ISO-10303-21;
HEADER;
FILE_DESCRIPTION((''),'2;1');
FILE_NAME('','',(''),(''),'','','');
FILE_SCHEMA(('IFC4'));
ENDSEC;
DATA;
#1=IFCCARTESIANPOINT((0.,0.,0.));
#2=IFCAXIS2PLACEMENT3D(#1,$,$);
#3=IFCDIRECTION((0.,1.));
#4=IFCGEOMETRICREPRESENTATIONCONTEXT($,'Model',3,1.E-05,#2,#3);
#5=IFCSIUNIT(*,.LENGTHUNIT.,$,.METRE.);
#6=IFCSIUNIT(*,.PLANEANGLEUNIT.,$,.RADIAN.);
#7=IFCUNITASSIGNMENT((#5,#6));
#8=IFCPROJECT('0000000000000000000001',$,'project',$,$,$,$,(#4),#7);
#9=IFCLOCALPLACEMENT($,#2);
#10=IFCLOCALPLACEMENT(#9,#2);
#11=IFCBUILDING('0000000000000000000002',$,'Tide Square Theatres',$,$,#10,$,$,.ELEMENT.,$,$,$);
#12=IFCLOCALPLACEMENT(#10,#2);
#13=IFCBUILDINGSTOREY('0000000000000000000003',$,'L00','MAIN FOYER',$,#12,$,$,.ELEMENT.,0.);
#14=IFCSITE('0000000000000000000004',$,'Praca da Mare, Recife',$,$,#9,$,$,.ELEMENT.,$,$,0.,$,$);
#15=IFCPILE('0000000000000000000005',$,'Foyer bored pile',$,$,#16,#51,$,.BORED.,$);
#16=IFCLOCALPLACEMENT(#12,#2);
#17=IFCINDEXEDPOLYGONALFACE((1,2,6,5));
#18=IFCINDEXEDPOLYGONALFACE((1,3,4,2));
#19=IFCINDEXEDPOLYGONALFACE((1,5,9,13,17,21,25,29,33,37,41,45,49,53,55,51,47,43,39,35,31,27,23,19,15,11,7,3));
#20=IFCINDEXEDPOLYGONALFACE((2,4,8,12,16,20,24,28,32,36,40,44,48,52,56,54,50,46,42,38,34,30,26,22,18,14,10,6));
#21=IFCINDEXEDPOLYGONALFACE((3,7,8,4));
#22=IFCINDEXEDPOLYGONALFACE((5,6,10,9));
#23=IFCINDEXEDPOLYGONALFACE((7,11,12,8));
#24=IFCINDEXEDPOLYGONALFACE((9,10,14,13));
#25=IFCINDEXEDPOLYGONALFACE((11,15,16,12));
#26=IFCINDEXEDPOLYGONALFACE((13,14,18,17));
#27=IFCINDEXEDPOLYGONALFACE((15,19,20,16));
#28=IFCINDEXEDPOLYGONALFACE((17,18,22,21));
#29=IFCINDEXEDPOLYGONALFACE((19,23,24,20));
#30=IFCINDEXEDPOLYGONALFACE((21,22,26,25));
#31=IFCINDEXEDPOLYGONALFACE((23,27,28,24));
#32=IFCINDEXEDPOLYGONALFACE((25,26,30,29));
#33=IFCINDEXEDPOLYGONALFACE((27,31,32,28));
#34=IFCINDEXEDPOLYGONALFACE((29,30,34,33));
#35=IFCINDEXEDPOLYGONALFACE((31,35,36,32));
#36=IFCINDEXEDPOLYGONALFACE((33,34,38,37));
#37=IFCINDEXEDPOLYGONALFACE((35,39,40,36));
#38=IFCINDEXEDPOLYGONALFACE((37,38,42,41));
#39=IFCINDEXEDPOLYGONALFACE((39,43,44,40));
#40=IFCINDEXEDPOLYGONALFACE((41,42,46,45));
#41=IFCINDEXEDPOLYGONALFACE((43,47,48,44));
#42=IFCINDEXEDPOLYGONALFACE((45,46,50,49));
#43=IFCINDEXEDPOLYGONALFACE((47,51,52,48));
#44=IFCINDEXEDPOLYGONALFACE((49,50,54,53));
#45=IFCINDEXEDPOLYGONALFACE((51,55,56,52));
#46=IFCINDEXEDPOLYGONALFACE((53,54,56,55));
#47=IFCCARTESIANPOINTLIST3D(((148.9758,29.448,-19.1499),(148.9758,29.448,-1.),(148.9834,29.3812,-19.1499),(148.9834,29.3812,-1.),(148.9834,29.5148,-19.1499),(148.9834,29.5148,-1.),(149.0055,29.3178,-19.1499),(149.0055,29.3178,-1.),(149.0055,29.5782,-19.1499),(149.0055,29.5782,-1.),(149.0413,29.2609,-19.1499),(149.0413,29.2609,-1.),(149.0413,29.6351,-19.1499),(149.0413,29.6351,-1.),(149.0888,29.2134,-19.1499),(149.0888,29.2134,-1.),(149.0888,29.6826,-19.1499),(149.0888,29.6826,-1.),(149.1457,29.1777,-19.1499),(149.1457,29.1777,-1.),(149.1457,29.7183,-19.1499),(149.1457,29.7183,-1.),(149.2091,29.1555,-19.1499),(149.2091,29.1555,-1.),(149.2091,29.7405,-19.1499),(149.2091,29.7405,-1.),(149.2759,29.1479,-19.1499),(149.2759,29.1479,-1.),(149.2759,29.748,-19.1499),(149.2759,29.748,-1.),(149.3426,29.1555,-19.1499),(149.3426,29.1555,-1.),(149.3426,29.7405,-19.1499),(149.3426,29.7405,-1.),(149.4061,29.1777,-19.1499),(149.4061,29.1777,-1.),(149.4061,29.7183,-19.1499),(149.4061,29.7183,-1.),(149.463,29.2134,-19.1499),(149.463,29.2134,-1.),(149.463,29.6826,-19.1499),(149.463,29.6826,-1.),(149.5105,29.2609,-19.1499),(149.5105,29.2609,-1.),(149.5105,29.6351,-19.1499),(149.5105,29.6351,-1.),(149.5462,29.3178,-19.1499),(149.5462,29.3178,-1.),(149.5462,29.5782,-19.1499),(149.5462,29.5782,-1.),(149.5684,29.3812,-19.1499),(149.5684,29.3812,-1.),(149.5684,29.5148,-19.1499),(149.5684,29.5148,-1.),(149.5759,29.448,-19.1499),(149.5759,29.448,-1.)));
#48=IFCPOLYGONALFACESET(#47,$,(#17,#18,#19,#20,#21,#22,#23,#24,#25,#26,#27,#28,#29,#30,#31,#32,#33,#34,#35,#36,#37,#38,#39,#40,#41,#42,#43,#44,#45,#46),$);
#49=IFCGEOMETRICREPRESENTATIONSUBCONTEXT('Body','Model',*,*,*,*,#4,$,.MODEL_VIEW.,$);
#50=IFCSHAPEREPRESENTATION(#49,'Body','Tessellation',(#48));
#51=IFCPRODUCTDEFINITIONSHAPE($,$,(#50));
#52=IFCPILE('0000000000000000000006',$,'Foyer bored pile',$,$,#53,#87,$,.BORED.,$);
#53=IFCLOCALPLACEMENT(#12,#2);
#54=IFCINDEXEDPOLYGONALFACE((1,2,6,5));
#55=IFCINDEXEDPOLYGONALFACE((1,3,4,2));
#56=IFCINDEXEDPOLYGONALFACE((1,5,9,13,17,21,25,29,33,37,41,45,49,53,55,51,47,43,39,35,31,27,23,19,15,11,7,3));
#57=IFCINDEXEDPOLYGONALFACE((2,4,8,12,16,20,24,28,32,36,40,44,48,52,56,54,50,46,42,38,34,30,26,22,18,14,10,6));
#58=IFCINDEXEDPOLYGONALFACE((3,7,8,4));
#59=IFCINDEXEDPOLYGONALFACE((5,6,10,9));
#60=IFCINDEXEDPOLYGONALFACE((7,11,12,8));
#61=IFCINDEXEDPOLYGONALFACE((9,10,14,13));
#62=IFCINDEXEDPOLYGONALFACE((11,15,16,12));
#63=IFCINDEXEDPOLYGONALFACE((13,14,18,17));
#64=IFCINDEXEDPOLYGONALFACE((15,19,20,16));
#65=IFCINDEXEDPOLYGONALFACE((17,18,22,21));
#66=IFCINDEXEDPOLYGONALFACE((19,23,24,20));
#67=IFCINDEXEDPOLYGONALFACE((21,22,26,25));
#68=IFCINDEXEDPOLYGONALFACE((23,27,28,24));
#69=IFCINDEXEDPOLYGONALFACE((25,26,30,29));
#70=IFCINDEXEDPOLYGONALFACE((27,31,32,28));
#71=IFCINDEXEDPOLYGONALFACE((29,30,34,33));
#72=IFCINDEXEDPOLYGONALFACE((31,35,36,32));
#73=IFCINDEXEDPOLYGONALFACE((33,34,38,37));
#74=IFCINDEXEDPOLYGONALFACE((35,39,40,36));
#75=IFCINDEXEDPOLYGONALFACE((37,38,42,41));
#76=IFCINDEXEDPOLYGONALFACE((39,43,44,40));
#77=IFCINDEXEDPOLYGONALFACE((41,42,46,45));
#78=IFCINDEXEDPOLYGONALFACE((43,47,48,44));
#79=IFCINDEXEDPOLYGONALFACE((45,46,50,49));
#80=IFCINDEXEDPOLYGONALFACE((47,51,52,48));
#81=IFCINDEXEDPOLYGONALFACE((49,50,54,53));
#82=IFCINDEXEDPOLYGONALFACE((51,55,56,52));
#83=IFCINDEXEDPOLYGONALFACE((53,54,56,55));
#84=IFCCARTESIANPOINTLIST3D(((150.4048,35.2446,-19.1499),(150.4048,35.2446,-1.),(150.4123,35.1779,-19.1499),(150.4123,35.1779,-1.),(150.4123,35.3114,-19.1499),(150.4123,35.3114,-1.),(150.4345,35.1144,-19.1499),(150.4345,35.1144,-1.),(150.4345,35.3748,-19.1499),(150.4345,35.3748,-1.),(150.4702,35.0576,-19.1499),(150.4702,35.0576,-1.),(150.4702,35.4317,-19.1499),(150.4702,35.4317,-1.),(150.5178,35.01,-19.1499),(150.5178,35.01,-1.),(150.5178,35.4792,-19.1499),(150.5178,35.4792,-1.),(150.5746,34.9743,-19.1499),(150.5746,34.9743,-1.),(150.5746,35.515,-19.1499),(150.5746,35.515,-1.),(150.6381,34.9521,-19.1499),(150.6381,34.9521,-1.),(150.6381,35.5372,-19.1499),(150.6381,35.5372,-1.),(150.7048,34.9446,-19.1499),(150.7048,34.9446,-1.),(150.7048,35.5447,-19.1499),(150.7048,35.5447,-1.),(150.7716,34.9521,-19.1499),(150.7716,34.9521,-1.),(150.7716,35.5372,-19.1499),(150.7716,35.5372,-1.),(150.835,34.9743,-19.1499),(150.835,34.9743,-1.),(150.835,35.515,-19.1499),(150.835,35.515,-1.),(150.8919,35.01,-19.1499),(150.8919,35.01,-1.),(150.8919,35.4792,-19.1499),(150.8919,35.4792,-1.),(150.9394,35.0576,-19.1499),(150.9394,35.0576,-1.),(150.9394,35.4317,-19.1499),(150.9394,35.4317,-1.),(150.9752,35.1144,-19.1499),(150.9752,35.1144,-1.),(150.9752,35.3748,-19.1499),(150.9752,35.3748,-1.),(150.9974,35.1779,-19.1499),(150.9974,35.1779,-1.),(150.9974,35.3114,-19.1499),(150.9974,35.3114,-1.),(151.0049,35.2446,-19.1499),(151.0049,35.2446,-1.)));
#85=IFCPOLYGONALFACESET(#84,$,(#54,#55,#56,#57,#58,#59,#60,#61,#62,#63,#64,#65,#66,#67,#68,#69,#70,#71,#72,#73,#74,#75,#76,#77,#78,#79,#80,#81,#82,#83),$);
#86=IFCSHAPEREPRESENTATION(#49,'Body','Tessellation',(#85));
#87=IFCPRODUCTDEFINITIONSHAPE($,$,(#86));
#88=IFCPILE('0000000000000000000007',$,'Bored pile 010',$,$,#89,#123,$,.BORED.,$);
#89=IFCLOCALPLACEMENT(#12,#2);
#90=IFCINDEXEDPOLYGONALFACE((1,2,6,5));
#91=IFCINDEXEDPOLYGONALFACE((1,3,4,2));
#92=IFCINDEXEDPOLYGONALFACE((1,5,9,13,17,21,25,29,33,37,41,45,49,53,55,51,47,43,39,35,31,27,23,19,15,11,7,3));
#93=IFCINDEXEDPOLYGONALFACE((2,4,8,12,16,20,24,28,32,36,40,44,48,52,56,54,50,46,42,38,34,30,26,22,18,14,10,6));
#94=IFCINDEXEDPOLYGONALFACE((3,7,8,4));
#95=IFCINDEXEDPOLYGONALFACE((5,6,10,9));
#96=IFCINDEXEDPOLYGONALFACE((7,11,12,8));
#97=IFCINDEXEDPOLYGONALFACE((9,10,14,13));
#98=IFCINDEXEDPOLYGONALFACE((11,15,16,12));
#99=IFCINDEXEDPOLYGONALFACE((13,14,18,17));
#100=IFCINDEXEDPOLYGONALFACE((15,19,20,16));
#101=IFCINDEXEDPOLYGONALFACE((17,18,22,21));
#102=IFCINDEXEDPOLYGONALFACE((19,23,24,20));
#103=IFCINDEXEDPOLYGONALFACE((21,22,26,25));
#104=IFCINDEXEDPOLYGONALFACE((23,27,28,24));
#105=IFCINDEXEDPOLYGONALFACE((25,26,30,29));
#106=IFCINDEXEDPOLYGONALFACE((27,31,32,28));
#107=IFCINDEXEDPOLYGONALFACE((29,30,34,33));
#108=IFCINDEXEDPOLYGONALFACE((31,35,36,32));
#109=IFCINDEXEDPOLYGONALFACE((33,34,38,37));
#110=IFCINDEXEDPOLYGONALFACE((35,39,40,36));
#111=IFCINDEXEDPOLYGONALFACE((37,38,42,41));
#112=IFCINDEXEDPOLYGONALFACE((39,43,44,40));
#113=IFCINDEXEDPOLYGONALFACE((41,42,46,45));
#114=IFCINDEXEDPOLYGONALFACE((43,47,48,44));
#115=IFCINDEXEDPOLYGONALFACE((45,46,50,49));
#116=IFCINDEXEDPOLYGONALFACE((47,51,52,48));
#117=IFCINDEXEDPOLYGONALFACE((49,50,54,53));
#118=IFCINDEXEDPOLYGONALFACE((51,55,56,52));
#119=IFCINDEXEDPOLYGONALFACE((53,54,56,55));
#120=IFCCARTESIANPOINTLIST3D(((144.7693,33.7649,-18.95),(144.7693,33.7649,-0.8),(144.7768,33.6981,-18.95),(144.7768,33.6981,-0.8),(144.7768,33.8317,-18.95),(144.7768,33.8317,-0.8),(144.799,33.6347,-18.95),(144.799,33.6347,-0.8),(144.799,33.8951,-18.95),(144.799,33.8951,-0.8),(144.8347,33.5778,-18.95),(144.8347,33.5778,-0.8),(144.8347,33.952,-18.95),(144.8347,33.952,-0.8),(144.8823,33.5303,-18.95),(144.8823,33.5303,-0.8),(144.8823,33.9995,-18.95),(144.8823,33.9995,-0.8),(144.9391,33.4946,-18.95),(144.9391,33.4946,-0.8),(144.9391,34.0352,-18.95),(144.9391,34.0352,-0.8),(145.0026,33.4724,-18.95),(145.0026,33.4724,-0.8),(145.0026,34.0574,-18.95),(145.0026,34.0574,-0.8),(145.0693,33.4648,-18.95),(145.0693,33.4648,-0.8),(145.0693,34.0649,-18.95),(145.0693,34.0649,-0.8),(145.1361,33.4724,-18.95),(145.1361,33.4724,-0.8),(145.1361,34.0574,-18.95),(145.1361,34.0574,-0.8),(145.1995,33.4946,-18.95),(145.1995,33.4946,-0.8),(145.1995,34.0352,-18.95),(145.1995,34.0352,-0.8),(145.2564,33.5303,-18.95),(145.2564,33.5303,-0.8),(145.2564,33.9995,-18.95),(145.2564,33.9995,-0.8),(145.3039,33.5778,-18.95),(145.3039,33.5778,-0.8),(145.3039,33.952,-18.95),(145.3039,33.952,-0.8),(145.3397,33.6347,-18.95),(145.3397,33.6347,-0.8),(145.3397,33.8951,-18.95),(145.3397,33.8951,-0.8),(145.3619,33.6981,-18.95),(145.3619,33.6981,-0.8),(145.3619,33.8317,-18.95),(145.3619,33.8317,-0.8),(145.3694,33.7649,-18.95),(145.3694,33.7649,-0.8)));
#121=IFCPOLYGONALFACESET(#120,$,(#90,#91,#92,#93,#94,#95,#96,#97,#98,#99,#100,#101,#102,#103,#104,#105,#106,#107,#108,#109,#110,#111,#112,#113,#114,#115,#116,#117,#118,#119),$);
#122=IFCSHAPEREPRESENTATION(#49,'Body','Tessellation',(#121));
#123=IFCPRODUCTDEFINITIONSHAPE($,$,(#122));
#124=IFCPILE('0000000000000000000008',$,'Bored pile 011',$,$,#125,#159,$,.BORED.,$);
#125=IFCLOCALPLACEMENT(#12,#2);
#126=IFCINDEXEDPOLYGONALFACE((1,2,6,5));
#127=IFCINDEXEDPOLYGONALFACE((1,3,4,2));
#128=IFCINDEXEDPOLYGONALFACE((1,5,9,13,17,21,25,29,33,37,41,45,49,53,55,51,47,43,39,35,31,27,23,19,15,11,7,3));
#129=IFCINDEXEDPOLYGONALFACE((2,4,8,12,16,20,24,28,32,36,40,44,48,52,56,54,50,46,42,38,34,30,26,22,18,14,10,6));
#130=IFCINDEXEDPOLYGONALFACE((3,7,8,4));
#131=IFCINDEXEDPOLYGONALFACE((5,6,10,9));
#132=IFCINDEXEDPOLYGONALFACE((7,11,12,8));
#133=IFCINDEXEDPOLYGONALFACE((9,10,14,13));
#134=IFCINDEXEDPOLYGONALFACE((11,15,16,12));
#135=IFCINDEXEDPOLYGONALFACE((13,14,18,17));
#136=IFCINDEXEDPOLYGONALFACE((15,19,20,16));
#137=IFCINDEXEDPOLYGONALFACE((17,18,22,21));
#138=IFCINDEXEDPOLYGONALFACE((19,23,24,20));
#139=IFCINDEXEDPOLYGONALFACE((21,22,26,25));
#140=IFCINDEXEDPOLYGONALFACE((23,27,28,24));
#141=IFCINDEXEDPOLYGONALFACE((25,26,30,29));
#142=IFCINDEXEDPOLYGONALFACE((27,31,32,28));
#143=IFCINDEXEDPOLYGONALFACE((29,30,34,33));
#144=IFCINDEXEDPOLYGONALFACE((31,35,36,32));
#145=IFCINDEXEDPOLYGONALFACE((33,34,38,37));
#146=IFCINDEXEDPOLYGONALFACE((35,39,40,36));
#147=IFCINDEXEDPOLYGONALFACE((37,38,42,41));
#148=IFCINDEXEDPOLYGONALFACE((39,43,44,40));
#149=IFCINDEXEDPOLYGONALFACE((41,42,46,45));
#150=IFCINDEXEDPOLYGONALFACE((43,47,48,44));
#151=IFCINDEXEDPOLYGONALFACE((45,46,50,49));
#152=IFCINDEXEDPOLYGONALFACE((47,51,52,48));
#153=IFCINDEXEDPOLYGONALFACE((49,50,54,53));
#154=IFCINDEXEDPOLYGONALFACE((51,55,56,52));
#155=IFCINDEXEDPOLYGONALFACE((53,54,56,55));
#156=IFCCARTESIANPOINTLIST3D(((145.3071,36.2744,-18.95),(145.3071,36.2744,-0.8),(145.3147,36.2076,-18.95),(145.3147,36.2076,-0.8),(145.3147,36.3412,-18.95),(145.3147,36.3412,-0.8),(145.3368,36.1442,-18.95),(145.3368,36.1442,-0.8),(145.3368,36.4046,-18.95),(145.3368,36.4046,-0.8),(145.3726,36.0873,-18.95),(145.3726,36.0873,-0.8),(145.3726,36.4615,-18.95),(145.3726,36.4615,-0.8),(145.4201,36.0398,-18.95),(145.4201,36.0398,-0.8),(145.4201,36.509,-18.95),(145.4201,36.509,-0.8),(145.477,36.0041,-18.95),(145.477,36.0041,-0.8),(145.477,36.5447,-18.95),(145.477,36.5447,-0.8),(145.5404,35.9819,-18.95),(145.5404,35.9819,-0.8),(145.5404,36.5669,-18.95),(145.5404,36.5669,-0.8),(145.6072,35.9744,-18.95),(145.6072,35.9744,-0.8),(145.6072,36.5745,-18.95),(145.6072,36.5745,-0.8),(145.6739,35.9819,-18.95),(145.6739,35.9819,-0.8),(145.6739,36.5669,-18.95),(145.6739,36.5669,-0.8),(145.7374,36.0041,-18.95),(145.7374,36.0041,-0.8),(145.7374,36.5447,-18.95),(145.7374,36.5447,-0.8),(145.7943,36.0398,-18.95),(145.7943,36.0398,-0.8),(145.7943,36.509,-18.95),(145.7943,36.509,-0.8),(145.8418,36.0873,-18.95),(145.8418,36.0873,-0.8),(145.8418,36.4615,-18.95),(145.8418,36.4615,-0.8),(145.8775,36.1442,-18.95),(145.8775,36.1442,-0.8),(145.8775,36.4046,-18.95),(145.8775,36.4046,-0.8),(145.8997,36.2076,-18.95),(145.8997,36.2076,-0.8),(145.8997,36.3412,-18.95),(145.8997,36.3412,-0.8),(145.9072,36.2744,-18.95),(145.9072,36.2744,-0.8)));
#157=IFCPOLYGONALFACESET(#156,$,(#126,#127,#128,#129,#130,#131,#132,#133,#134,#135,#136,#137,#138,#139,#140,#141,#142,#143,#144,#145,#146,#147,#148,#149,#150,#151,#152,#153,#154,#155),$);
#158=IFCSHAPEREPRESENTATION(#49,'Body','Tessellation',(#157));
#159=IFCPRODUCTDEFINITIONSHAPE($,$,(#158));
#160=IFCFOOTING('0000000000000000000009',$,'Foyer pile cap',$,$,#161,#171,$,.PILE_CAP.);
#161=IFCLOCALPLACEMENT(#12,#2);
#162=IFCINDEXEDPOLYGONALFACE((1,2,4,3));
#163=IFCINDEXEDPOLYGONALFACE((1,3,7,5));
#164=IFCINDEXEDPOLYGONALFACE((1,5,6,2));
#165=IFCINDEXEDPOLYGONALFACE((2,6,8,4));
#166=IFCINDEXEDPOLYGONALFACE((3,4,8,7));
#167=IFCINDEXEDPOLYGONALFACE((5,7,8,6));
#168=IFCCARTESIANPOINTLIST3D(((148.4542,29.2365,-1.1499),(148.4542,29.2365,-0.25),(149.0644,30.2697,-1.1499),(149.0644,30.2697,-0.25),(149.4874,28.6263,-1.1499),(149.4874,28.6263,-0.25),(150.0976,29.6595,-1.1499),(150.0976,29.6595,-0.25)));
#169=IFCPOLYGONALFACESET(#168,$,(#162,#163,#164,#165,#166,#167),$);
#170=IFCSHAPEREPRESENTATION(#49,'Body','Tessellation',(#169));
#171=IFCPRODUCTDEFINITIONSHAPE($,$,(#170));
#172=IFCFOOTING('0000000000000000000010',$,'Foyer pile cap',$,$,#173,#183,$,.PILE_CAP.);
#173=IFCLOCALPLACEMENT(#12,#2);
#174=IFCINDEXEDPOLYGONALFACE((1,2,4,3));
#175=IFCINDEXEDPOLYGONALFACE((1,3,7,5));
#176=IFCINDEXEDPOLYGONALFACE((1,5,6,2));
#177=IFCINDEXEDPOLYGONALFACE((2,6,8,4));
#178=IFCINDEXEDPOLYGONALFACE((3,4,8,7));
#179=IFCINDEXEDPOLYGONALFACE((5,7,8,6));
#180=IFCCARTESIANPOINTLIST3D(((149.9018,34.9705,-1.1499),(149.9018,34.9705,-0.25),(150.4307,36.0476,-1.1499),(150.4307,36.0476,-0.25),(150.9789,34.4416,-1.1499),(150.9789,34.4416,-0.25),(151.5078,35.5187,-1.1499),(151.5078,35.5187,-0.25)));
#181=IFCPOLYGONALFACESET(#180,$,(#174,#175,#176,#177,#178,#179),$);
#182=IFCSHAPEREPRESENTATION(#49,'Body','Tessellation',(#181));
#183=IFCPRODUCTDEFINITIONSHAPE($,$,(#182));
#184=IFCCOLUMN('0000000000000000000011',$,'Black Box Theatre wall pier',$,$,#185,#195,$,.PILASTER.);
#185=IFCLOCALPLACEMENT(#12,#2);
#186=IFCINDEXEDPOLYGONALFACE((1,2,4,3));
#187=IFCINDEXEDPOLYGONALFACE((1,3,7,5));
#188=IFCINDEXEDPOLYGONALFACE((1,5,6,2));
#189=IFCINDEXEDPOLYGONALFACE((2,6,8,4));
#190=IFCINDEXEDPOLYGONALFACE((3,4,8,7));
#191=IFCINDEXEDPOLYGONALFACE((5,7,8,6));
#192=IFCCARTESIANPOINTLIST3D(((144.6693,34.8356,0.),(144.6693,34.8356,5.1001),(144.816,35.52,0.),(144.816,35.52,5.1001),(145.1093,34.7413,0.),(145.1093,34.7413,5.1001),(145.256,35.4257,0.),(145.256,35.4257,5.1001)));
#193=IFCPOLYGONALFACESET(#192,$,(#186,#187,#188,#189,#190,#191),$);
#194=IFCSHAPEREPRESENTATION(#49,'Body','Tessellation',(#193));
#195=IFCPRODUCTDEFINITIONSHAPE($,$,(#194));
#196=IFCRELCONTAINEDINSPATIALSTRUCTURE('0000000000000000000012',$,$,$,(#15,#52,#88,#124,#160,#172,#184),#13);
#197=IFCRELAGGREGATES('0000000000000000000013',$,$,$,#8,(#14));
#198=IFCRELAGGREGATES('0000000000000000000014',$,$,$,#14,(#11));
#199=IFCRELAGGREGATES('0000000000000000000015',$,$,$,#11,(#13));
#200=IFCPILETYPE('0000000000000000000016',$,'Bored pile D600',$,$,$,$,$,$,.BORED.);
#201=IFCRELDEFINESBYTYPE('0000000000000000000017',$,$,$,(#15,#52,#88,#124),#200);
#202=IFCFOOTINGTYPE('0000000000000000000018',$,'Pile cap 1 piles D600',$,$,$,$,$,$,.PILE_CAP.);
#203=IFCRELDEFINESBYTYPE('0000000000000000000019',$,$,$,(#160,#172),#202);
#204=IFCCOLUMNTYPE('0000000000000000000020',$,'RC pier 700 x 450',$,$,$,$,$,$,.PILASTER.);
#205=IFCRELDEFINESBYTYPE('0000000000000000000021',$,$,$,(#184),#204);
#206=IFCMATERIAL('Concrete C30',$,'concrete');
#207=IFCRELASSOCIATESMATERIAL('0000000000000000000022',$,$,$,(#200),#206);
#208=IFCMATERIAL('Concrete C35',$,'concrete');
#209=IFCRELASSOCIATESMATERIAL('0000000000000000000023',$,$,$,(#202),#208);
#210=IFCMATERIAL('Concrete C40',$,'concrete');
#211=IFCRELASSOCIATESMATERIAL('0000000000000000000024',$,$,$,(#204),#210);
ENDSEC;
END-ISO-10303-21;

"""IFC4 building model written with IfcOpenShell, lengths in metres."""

from ifc_helpers import new_model, si_unit, direction, frame, origin, origin_2d, place, context, subcontext, project, spatial, rectangle, circle, extrude, material, material_profile, profile_set, type_object, element, save


model = new_model("IFC4")

# Units and contexts
model_context = context("Model", 3, precision=1e-05, world=origin(), true_north=direction((0.0, 1.0)))
body_context = subcontext(model_context, "Body", "Model", "MODEL_VIEW")
ifc_project = project(units=[si_unit("LENGTHUNIT", "METRE"), si_unit("PLANEANGLEUNIT", "RADIAN")], contexts=[model_context])

# Site, building, storey
site_placement = place(None, origin())
site = spatial("IfcSite", under=ifc_project, at=site_placement, Name="Praca da Mare, Recife", CompositionType="ELEMENT", RefElevation=0.0)
building_placement = place(site_placement, origin())
building = spatial("IfcBuilding", under=site, at=building_placement, Name="Tide Square Theatres", CompositionType="ELEMENT")
storey_placement = place(building_placement, origin())
storey = spatial("IfcBuildingStorey", under=building, at=storey_placement, Name="L00", Description="MAIN FOYER", CompositionType="ELEMENT", Elevation=0.0)

# Piles
ifc_material_1 = material(Name="Concrete C30", Category="concrete")
ifc_material_profile_1 = material_profile(ifc_material_1, circle(Radius=0.3, at=origin_2d()))
ifc_profile_set_1 = profile_set([ifc_material_profile_1], Name="Concrete C30")
pile_type = type_object("IfcPileType", Name="Bored pile D600", PredefinedType="BORED", material=ifc_profile_set_1)
for number, where, z_axis, x_axis, name in (
    (1, (149.2759, 29.448, -1.0), (0.0, 0.0, -1.0), (1.0, 0.0, 0.0), "Foyer bored pile"),
    (2, (150.7048, 35.2446, -1.0), (0.0, 0.0, -1.0), (1.0, 0.0, 0.0), "Foyer bored pile"),
    (3, (145.0693, 33.7649, -0.8), (0.0, 0.0, -1.0), (1.0, 0.0, 0.0), "Bored pile 010"),
    (4, (145.6072, 36.2744, -0.8), (0.0, 0.0, -1.0), (1.0, 0.0, 0.0), "Bored pile 011"),
):
    element("IfcPile", number, at=place(storey_placement, frame(where, z_axis=z_axis, x_axis=x_axis)), inside=storey, type_object=pile_type, Name=name, PredefinedType="BORED", context=body_context, shape_type="SweptSolid", body=[
        extrude(circle(Radius=0.3, at=origin_2d()), origin(), (0.0, 0.0, 1.0), 18.1499),
    ])

# Footings
ifc_material_2 = material(Name="Concrete C35", Category="concrete")
footing_type = type_object("IfcFootingType", Name="Pile cap 1 piles D600", PredefinedType="PILE_CAP", material=ifc_material_2)
for number, where, z_axis, x_axis, name in (
    (5, (149.2759, 29.448, -1.1499), (0.0, 0.0, 1.0), (0.508532, 0.861043, 0.0), "Foyer pile cap"),
    (6, (150.7048, 35.2446, -1.1499), (0.0, 0.0, 1.0), (0.440776, 0.897617, 0.0), "Foyer pile cap"),
):
    element("IfcFooting", number, at=place(storey_placement, frame(where, z_axis=z_axis, x_axis=x_axis)), inside=storey, type_object=footing_type, Name=name, PredefinedType="PILE_CAP", context=body_context, shape_type="SweptSolid", body=[
        extrude(rectangle(XDim=1.2, YDim=1.2, at=origin_2d()), origin(), (0.0, 0.0, 1.0), 0.8999),
    ])

# Column
ifc_material_3 = material(Name="Concrete C40", Category="concrete")
ifc_material_profile_2 = material_profile(ifc_material_3, rectangle(XDim=0.7, YDim=0.45, at=origin_2d()))
ifc_profile_set_2 = profile_set([ifc_material_profile_2], Name="Concrete C40")
column_type_1 = type_object("IfcColumnType", Name="RC pier 700 x 450", PredefinedType="PILASTER", material=ifc_profile_set_2)
column_placement = place(storey_placement, frame((144.9626, 35.1306, 0.0), z_axis=(0.0, 0.0, 1.0), x_axis=(0.209561, 0.977796, 0.0)))
element("IfcColumn", 7, at=column_placement, inside=storey, type_object=column_type_1, Name="Black Box Theatre wall pier", PredefinedType="PILASTER", context=body_context, shape_type="SweptSolid", body=[
    extrude(rectangle(XDim=0.7, YDim=0.45, at=origin_2d()), origin(), (0.0, 0.0, 1.0), 5.1001),
])

save(model, "model.ifc")
